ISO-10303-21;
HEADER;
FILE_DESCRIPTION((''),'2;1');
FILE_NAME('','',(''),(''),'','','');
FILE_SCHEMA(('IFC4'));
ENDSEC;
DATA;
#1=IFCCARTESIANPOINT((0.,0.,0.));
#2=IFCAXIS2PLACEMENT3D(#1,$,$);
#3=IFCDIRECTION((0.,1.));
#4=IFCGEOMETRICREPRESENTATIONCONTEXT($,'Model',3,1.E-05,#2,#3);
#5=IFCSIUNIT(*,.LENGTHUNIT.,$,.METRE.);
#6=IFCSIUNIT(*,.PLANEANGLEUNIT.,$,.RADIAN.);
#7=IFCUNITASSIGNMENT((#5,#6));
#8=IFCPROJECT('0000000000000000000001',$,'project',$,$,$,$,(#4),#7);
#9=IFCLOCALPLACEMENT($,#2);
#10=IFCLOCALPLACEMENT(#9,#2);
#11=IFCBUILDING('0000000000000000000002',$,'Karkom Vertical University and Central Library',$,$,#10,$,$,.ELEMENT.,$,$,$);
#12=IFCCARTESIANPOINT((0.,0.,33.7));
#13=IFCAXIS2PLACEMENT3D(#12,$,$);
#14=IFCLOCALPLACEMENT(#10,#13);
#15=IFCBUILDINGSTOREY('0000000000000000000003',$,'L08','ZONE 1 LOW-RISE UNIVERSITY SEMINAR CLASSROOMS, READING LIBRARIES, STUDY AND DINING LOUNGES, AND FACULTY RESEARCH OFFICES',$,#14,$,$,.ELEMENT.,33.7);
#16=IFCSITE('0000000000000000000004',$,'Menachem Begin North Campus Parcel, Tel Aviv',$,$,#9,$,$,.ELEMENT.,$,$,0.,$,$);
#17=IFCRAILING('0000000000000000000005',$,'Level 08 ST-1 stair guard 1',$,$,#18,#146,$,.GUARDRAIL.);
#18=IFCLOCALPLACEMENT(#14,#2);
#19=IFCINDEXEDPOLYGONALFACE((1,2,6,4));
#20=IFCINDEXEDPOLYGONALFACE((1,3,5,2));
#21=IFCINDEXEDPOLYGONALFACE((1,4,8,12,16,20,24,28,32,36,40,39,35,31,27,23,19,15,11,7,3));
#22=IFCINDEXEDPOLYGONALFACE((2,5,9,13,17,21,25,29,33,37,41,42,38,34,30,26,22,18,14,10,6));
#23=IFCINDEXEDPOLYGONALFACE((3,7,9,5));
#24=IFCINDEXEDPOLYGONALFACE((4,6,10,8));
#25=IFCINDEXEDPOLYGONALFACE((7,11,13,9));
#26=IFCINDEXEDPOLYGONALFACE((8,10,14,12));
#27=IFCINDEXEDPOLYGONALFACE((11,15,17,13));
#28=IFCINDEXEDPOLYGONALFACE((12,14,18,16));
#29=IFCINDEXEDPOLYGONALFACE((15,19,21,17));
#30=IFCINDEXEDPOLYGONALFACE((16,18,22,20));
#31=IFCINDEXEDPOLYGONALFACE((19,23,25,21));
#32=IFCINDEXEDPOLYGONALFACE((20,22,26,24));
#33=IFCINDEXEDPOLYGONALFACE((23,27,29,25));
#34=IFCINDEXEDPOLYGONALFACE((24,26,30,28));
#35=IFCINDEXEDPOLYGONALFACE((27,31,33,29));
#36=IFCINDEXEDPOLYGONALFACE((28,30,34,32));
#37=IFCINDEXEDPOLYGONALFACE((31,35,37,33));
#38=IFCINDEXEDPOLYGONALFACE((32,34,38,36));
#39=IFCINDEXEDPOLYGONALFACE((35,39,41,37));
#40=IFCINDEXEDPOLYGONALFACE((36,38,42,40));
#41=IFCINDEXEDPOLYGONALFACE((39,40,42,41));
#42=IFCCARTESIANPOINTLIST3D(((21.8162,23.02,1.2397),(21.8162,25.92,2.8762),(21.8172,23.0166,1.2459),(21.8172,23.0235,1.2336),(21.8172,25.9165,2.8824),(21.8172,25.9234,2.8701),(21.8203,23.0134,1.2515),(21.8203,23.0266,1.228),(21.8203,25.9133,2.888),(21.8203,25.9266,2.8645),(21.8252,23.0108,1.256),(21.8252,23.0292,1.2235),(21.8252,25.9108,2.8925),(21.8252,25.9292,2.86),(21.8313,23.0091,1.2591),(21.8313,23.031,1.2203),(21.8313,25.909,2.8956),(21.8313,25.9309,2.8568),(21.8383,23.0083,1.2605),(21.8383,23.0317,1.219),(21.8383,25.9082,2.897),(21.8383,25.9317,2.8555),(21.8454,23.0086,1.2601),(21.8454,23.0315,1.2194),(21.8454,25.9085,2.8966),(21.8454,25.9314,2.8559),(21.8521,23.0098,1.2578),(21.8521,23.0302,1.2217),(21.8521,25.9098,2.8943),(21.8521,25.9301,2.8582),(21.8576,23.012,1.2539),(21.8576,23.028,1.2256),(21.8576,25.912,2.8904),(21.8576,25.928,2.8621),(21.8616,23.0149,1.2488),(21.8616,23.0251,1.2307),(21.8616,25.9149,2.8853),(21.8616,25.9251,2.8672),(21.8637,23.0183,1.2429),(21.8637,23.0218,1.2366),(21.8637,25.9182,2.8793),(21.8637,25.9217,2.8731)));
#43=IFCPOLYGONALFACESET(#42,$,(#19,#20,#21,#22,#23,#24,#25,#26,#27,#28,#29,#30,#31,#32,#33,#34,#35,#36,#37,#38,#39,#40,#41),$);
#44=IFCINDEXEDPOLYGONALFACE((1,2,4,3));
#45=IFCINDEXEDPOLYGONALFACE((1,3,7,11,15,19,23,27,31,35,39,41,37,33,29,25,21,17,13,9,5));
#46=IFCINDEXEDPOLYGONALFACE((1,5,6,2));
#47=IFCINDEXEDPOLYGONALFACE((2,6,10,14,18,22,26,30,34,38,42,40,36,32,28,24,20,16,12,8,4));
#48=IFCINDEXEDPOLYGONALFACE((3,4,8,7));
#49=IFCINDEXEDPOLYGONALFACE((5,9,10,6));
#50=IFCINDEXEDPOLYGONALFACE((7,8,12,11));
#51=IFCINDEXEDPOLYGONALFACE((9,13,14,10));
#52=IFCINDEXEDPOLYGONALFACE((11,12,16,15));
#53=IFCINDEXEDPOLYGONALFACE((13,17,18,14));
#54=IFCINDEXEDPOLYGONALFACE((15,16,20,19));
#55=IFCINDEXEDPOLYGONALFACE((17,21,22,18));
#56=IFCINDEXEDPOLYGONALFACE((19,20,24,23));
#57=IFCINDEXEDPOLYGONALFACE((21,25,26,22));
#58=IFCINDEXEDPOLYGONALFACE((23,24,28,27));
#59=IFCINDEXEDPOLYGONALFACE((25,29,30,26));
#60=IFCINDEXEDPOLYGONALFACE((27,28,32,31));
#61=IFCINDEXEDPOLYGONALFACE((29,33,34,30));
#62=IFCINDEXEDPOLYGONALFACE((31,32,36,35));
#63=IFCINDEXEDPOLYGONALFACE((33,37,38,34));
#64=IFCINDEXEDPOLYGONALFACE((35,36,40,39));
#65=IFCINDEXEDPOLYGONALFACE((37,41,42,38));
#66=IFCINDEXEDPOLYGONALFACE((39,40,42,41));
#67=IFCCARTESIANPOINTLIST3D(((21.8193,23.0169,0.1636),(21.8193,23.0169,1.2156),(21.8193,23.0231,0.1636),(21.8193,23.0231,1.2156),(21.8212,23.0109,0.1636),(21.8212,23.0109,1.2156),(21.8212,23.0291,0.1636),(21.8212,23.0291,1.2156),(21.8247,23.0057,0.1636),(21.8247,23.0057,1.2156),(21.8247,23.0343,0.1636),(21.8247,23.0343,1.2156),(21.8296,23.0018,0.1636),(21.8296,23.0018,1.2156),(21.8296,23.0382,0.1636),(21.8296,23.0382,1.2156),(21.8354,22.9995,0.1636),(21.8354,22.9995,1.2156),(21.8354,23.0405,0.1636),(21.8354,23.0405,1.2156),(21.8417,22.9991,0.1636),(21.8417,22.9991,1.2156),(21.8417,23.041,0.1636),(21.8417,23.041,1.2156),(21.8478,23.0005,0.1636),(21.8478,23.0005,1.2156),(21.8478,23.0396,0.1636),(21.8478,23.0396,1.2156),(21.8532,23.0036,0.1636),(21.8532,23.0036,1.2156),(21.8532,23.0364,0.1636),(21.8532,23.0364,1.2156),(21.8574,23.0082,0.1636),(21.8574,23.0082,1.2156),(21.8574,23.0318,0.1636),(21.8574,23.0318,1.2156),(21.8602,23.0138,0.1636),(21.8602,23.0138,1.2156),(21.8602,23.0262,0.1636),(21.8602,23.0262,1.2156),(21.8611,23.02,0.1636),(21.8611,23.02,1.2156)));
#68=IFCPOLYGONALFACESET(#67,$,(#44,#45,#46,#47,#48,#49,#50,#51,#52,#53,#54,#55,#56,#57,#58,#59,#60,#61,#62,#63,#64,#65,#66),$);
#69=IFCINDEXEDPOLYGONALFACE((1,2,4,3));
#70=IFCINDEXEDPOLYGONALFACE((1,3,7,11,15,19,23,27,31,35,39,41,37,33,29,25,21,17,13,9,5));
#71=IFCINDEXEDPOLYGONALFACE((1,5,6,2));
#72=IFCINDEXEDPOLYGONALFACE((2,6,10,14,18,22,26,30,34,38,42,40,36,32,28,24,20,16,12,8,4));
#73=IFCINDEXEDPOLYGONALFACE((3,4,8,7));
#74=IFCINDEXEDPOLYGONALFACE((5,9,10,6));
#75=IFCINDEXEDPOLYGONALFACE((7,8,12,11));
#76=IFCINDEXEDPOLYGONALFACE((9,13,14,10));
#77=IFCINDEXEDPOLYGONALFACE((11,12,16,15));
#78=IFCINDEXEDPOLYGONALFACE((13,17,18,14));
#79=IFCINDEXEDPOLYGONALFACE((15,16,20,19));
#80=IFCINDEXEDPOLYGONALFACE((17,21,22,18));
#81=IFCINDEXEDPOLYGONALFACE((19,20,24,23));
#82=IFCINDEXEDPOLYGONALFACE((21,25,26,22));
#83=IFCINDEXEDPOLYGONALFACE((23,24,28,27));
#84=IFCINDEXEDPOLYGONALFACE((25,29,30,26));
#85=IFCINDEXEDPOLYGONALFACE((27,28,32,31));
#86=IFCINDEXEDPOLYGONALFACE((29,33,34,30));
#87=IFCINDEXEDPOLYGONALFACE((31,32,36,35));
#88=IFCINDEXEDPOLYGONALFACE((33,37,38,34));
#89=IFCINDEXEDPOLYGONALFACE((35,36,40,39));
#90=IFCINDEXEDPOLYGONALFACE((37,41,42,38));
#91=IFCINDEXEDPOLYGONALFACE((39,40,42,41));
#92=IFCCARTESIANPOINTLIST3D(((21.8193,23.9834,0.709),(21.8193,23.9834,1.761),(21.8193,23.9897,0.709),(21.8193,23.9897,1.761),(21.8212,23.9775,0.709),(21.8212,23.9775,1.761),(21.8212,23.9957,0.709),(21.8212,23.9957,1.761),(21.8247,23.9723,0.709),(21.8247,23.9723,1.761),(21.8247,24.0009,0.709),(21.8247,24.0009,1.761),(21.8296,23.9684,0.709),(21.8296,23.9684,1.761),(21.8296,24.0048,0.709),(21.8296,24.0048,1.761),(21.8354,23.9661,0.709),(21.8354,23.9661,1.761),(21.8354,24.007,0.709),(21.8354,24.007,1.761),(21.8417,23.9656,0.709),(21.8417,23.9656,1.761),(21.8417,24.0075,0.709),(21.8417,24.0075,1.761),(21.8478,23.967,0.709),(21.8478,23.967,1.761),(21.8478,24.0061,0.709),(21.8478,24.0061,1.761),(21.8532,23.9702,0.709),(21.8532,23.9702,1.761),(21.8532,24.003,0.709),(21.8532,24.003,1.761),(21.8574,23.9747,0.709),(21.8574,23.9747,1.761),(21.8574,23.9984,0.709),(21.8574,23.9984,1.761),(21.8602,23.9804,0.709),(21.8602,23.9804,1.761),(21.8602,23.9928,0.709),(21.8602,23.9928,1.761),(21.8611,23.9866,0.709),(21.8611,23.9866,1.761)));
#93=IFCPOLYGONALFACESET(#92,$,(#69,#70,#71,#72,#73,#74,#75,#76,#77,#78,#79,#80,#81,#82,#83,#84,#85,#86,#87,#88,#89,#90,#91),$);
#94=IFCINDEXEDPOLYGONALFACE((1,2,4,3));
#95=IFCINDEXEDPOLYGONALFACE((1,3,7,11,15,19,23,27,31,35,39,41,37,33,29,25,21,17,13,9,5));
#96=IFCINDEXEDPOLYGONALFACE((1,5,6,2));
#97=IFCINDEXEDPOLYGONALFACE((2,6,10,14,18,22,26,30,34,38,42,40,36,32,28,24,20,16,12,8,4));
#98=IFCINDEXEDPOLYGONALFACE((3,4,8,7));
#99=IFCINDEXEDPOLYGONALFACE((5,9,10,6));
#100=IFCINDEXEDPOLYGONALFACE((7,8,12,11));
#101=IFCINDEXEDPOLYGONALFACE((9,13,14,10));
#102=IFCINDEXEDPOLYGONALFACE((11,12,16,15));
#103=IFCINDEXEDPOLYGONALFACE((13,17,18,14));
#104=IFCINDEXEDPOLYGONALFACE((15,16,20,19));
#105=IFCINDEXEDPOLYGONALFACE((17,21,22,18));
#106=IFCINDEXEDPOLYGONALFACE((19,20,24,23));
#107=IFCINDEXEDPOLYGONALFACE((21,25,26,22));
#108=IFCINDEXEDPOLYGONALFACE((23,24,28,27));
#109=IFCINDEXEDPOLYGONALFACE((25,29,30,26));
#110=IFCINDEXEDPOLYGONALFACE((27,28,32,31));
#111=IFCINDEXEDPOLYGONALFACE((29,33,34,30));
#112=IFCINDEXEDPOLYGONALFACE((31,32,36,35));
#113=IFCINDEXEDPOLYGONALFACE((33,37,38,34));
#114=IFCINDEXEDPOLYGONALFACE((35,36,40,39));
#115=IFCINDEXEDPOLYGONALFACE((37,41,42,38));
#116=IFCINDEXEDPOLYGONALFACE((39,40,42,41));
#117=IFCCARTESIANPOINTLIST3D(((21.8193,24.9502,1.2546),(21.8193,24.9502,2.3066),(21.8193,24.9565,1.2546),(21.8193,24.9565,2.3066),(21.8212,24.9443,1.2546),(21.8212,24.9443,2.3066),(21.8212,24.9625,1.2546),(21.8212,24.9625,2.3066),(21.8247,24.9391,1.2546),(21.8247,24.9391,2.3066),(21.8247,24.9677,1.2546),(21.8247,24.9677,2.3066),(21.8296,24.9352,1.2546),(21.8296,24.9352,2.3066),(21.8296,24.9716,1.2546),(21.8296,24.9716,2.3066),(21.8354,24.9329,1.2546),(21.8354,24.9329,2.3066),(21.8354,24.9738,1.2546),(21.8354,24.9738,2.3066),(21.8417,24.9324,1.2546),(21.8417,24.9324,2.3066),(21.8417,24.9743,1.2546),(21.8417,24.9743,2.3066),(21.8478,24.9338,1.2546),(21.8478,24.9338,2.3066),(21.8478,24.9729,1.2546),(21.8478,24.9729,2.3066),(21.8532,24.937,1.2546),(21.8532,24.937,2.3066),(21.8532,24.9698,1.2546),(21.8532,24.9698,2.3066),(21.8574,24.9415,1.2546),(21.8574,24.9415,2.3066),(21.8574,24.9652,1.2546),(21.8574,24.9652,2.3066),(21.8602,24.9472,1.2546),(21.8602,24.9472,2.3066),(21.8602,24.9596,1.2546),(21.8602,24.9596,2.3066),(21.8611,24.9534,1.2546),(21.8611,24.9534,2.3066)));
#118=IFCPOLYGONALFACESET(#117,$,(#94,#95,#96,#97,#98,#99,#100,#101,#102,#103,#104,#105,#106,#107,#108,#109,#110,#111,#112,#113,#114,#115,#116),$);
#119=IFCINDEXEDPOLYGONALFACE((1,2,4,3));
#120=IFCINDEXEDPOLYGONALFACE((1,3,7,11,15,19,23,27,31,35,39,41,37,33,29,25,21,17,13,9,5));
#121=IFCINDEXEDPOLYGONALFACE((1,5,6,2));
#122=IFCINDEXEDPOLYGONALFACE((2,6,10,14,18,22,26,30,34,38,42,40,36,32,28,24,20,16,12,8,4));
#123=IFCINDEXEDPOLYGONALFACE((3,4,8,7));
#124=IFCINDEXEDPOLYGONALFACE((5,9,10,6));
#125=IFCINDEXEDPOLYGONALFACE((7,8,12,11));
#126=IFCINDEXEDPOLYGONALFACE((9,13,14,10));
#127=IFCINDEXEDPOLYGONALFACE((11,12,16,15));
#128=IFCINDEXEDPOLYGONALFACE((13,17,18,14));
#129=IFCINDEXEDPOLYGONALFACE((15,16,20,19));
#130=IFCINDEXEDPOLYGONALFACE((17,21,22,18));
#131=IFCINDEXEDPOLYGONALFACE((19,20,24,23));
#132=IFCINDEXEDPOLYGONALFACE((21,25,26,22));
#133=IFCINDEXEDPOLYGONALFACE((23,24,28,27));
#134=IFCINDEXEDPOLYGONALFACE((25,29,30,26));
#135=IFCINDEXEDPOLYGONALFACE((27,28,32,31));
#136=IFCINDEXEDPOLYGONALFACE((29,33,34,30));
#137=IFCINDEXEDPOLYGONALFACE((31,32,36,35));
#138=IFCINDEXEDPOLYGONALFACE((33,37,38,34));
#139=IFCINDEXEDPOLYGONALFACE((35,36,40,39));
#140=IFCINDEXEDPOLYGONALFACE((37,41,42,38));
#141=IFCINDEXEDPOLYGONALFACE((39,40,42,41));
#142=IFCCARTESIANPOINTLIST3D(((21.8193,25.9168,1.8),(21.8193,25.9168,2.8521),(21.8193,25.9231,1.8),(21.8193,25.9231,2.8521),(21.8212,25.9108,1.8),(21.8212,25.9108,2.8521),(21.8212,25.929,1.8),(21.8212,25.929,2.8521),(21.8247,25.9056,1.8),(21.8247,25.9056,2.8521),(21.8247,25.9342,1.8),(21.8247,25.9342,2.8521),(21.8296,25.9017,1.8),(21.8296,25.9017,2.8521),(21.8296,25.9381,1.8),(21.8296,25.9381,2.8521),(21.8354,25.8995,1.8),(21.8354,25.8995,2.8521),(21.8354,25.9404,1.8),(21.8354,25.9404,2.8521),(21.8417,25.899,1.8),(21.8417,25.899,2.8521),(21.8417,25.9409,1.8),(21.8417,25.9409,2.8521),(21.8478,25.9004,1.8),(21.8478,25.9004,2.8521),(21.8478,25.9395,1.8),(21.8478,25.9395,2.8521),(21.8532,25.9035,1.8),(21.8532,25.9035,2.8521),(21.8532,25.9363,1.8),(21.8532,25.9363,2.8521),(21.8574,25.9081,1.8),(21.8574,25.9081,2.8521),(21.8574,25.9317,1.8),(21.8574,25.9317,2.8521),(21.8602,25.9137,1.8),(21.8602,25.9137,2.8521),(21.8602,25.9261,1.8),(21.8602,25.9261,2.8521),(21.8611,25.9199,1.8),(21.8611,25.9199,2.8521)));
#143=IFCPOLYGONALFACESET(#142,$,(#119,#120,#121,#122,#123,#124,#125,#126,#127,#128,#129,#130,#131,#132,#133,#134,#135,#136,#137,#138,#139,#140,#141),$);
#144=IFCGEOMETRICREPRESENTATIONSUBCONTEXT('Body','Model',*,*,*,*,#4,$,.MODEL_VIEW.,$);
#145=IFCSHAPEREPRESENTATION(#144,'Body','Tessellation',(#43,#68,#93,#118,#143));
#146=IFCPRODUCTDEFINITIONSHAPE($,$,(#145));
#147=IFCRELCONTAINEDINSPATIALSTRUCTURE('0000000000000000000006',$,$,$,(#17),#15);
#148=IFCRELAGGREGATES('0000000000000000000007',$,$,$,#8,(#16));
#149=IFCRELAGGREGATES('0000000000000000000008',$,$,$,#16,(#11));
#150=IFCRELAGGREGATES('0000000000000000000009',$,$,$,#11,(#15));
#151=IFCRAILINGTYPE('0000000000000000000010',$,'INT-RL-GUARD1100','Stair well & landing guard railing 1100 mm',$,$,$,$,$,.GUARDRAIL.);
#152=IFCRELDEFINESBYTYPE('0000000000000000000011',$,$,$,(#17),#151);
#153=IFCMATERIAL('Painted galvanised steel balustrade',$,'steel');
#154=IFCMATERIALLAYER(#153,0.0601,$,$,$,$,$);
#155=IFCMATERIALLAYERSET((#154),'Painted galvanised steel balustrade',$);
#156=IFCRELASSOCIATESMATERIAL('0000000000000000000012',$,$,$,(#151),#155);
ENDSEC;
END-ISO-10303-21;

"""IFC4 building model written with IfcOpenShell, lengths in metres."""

from ifc_helpers import new_model, si_unit, direction, frame, origin, origin_2d, place, context, subcontext, project, spatial, circle, extrude, material, layer, layer_set, type_object, element, save


model = new_model("IFC4")

# Units and contexts
model_context = context("Model", 3, precision=1e-05, world=origin(), true_north=direction((0.0, 1.0)))
body_context = subcontext(model_context, "Body", "Model", "MODEL_VIEW")
ifc_project = project(units=[si_unit("LENGTHUNIT", "METRE"), si_unit("PLANEANGLEUNIT", "RADIAN")], contexts=[model_context])

# Site, building, storey
site_placement = place(None, origin())
site = spatial("IfcSite", under=ifc_project, at=site_placement, Name="Menachem Begin North Campus Parcel, Tel Aviv", CompositionType="ELEMENT", RefElevation=0.0)
building_placement = place(site_placement, origin())
building = spatial("IfcBuilding", under=site, at=building_placement, Name="Karkom Vertical University and Central Library", CompositionType="ELEMENT")
storey_placement = place(building_placement, frame((0.0, 0.0, 33.7)))
storey = spatial("IfcBuildingStorey", under=building, at=storey_placement, Name="L08", Description="ZONE 1 LOW-RISE UNIVERSITY SEMINAR CLASSROOMS, READING LIBRARIES, STUDY AND DINING LOUNGES, AND FACULTY RESEARCH OFFICES", CompositionType="ELEMENT", Elevation=33.7)

# Railing
ifc_material_1 = material(Name="Painted galvanised steel balustrade", Category="steel")
ifc_layer_1 = layer(ifc_material_1, 0.0601)
ifc_layer_set_1 = layer_set([ifc_layer_1], Name="Painted galvanised steel balustrade")
railing_type_1 = type_object("IfcRailingType", Name="INT-RL-GUARD1100", Description="Stair well & landing guard railing 1100 mm", PredefinedType="GUARDRAIL", material=ifc_layer_set_1)
railing_1_placement = place(storey_placement, frame((21.8401, 23.02, 0.1636)))
element("IfcRailing", 1, at=railing_1_placement, inside=storey, type_object=railing_type_1, Name="Level 08 ST-1 stair guard 1", PredefinedType="GUARDRAIL", context=body_context, shape_type="SweptSolid", body=[
    extrude(circle(Radius=0.0239, at=origin_2d()), frame((0.0, 0.0, 1.0762), z_axis=(0.0, 0.870897, 0.491465), x_axis=(-1.0, 0.0, 0.0)), (0.0, 0.0, 1.0), 3.3298),
    extrude(circle(Radius=0.021, at=origin_2d()), origin(), (0.0, 0.0, 1.0), 1.052),
    extrude(circle(Radius=0.021, at=origin_2d()), frame((0.0, 0.9666, 0.5454)), (0.0, 0.0, 1.0), 1.052),
    extrude(circle(Radius=0.021, at=origin_2d()), frame((0.0, 1.9333, 1.0911)), (0.0, 0.0, 1.0), 1.052),
    extrude(circle(Radius=0.021, at=origin_2d()), frame((0.0, 2.8999, 1.6365)), (0.0, 0.0, 1.0), 1.052),
])

save(model, "model.ifc")
